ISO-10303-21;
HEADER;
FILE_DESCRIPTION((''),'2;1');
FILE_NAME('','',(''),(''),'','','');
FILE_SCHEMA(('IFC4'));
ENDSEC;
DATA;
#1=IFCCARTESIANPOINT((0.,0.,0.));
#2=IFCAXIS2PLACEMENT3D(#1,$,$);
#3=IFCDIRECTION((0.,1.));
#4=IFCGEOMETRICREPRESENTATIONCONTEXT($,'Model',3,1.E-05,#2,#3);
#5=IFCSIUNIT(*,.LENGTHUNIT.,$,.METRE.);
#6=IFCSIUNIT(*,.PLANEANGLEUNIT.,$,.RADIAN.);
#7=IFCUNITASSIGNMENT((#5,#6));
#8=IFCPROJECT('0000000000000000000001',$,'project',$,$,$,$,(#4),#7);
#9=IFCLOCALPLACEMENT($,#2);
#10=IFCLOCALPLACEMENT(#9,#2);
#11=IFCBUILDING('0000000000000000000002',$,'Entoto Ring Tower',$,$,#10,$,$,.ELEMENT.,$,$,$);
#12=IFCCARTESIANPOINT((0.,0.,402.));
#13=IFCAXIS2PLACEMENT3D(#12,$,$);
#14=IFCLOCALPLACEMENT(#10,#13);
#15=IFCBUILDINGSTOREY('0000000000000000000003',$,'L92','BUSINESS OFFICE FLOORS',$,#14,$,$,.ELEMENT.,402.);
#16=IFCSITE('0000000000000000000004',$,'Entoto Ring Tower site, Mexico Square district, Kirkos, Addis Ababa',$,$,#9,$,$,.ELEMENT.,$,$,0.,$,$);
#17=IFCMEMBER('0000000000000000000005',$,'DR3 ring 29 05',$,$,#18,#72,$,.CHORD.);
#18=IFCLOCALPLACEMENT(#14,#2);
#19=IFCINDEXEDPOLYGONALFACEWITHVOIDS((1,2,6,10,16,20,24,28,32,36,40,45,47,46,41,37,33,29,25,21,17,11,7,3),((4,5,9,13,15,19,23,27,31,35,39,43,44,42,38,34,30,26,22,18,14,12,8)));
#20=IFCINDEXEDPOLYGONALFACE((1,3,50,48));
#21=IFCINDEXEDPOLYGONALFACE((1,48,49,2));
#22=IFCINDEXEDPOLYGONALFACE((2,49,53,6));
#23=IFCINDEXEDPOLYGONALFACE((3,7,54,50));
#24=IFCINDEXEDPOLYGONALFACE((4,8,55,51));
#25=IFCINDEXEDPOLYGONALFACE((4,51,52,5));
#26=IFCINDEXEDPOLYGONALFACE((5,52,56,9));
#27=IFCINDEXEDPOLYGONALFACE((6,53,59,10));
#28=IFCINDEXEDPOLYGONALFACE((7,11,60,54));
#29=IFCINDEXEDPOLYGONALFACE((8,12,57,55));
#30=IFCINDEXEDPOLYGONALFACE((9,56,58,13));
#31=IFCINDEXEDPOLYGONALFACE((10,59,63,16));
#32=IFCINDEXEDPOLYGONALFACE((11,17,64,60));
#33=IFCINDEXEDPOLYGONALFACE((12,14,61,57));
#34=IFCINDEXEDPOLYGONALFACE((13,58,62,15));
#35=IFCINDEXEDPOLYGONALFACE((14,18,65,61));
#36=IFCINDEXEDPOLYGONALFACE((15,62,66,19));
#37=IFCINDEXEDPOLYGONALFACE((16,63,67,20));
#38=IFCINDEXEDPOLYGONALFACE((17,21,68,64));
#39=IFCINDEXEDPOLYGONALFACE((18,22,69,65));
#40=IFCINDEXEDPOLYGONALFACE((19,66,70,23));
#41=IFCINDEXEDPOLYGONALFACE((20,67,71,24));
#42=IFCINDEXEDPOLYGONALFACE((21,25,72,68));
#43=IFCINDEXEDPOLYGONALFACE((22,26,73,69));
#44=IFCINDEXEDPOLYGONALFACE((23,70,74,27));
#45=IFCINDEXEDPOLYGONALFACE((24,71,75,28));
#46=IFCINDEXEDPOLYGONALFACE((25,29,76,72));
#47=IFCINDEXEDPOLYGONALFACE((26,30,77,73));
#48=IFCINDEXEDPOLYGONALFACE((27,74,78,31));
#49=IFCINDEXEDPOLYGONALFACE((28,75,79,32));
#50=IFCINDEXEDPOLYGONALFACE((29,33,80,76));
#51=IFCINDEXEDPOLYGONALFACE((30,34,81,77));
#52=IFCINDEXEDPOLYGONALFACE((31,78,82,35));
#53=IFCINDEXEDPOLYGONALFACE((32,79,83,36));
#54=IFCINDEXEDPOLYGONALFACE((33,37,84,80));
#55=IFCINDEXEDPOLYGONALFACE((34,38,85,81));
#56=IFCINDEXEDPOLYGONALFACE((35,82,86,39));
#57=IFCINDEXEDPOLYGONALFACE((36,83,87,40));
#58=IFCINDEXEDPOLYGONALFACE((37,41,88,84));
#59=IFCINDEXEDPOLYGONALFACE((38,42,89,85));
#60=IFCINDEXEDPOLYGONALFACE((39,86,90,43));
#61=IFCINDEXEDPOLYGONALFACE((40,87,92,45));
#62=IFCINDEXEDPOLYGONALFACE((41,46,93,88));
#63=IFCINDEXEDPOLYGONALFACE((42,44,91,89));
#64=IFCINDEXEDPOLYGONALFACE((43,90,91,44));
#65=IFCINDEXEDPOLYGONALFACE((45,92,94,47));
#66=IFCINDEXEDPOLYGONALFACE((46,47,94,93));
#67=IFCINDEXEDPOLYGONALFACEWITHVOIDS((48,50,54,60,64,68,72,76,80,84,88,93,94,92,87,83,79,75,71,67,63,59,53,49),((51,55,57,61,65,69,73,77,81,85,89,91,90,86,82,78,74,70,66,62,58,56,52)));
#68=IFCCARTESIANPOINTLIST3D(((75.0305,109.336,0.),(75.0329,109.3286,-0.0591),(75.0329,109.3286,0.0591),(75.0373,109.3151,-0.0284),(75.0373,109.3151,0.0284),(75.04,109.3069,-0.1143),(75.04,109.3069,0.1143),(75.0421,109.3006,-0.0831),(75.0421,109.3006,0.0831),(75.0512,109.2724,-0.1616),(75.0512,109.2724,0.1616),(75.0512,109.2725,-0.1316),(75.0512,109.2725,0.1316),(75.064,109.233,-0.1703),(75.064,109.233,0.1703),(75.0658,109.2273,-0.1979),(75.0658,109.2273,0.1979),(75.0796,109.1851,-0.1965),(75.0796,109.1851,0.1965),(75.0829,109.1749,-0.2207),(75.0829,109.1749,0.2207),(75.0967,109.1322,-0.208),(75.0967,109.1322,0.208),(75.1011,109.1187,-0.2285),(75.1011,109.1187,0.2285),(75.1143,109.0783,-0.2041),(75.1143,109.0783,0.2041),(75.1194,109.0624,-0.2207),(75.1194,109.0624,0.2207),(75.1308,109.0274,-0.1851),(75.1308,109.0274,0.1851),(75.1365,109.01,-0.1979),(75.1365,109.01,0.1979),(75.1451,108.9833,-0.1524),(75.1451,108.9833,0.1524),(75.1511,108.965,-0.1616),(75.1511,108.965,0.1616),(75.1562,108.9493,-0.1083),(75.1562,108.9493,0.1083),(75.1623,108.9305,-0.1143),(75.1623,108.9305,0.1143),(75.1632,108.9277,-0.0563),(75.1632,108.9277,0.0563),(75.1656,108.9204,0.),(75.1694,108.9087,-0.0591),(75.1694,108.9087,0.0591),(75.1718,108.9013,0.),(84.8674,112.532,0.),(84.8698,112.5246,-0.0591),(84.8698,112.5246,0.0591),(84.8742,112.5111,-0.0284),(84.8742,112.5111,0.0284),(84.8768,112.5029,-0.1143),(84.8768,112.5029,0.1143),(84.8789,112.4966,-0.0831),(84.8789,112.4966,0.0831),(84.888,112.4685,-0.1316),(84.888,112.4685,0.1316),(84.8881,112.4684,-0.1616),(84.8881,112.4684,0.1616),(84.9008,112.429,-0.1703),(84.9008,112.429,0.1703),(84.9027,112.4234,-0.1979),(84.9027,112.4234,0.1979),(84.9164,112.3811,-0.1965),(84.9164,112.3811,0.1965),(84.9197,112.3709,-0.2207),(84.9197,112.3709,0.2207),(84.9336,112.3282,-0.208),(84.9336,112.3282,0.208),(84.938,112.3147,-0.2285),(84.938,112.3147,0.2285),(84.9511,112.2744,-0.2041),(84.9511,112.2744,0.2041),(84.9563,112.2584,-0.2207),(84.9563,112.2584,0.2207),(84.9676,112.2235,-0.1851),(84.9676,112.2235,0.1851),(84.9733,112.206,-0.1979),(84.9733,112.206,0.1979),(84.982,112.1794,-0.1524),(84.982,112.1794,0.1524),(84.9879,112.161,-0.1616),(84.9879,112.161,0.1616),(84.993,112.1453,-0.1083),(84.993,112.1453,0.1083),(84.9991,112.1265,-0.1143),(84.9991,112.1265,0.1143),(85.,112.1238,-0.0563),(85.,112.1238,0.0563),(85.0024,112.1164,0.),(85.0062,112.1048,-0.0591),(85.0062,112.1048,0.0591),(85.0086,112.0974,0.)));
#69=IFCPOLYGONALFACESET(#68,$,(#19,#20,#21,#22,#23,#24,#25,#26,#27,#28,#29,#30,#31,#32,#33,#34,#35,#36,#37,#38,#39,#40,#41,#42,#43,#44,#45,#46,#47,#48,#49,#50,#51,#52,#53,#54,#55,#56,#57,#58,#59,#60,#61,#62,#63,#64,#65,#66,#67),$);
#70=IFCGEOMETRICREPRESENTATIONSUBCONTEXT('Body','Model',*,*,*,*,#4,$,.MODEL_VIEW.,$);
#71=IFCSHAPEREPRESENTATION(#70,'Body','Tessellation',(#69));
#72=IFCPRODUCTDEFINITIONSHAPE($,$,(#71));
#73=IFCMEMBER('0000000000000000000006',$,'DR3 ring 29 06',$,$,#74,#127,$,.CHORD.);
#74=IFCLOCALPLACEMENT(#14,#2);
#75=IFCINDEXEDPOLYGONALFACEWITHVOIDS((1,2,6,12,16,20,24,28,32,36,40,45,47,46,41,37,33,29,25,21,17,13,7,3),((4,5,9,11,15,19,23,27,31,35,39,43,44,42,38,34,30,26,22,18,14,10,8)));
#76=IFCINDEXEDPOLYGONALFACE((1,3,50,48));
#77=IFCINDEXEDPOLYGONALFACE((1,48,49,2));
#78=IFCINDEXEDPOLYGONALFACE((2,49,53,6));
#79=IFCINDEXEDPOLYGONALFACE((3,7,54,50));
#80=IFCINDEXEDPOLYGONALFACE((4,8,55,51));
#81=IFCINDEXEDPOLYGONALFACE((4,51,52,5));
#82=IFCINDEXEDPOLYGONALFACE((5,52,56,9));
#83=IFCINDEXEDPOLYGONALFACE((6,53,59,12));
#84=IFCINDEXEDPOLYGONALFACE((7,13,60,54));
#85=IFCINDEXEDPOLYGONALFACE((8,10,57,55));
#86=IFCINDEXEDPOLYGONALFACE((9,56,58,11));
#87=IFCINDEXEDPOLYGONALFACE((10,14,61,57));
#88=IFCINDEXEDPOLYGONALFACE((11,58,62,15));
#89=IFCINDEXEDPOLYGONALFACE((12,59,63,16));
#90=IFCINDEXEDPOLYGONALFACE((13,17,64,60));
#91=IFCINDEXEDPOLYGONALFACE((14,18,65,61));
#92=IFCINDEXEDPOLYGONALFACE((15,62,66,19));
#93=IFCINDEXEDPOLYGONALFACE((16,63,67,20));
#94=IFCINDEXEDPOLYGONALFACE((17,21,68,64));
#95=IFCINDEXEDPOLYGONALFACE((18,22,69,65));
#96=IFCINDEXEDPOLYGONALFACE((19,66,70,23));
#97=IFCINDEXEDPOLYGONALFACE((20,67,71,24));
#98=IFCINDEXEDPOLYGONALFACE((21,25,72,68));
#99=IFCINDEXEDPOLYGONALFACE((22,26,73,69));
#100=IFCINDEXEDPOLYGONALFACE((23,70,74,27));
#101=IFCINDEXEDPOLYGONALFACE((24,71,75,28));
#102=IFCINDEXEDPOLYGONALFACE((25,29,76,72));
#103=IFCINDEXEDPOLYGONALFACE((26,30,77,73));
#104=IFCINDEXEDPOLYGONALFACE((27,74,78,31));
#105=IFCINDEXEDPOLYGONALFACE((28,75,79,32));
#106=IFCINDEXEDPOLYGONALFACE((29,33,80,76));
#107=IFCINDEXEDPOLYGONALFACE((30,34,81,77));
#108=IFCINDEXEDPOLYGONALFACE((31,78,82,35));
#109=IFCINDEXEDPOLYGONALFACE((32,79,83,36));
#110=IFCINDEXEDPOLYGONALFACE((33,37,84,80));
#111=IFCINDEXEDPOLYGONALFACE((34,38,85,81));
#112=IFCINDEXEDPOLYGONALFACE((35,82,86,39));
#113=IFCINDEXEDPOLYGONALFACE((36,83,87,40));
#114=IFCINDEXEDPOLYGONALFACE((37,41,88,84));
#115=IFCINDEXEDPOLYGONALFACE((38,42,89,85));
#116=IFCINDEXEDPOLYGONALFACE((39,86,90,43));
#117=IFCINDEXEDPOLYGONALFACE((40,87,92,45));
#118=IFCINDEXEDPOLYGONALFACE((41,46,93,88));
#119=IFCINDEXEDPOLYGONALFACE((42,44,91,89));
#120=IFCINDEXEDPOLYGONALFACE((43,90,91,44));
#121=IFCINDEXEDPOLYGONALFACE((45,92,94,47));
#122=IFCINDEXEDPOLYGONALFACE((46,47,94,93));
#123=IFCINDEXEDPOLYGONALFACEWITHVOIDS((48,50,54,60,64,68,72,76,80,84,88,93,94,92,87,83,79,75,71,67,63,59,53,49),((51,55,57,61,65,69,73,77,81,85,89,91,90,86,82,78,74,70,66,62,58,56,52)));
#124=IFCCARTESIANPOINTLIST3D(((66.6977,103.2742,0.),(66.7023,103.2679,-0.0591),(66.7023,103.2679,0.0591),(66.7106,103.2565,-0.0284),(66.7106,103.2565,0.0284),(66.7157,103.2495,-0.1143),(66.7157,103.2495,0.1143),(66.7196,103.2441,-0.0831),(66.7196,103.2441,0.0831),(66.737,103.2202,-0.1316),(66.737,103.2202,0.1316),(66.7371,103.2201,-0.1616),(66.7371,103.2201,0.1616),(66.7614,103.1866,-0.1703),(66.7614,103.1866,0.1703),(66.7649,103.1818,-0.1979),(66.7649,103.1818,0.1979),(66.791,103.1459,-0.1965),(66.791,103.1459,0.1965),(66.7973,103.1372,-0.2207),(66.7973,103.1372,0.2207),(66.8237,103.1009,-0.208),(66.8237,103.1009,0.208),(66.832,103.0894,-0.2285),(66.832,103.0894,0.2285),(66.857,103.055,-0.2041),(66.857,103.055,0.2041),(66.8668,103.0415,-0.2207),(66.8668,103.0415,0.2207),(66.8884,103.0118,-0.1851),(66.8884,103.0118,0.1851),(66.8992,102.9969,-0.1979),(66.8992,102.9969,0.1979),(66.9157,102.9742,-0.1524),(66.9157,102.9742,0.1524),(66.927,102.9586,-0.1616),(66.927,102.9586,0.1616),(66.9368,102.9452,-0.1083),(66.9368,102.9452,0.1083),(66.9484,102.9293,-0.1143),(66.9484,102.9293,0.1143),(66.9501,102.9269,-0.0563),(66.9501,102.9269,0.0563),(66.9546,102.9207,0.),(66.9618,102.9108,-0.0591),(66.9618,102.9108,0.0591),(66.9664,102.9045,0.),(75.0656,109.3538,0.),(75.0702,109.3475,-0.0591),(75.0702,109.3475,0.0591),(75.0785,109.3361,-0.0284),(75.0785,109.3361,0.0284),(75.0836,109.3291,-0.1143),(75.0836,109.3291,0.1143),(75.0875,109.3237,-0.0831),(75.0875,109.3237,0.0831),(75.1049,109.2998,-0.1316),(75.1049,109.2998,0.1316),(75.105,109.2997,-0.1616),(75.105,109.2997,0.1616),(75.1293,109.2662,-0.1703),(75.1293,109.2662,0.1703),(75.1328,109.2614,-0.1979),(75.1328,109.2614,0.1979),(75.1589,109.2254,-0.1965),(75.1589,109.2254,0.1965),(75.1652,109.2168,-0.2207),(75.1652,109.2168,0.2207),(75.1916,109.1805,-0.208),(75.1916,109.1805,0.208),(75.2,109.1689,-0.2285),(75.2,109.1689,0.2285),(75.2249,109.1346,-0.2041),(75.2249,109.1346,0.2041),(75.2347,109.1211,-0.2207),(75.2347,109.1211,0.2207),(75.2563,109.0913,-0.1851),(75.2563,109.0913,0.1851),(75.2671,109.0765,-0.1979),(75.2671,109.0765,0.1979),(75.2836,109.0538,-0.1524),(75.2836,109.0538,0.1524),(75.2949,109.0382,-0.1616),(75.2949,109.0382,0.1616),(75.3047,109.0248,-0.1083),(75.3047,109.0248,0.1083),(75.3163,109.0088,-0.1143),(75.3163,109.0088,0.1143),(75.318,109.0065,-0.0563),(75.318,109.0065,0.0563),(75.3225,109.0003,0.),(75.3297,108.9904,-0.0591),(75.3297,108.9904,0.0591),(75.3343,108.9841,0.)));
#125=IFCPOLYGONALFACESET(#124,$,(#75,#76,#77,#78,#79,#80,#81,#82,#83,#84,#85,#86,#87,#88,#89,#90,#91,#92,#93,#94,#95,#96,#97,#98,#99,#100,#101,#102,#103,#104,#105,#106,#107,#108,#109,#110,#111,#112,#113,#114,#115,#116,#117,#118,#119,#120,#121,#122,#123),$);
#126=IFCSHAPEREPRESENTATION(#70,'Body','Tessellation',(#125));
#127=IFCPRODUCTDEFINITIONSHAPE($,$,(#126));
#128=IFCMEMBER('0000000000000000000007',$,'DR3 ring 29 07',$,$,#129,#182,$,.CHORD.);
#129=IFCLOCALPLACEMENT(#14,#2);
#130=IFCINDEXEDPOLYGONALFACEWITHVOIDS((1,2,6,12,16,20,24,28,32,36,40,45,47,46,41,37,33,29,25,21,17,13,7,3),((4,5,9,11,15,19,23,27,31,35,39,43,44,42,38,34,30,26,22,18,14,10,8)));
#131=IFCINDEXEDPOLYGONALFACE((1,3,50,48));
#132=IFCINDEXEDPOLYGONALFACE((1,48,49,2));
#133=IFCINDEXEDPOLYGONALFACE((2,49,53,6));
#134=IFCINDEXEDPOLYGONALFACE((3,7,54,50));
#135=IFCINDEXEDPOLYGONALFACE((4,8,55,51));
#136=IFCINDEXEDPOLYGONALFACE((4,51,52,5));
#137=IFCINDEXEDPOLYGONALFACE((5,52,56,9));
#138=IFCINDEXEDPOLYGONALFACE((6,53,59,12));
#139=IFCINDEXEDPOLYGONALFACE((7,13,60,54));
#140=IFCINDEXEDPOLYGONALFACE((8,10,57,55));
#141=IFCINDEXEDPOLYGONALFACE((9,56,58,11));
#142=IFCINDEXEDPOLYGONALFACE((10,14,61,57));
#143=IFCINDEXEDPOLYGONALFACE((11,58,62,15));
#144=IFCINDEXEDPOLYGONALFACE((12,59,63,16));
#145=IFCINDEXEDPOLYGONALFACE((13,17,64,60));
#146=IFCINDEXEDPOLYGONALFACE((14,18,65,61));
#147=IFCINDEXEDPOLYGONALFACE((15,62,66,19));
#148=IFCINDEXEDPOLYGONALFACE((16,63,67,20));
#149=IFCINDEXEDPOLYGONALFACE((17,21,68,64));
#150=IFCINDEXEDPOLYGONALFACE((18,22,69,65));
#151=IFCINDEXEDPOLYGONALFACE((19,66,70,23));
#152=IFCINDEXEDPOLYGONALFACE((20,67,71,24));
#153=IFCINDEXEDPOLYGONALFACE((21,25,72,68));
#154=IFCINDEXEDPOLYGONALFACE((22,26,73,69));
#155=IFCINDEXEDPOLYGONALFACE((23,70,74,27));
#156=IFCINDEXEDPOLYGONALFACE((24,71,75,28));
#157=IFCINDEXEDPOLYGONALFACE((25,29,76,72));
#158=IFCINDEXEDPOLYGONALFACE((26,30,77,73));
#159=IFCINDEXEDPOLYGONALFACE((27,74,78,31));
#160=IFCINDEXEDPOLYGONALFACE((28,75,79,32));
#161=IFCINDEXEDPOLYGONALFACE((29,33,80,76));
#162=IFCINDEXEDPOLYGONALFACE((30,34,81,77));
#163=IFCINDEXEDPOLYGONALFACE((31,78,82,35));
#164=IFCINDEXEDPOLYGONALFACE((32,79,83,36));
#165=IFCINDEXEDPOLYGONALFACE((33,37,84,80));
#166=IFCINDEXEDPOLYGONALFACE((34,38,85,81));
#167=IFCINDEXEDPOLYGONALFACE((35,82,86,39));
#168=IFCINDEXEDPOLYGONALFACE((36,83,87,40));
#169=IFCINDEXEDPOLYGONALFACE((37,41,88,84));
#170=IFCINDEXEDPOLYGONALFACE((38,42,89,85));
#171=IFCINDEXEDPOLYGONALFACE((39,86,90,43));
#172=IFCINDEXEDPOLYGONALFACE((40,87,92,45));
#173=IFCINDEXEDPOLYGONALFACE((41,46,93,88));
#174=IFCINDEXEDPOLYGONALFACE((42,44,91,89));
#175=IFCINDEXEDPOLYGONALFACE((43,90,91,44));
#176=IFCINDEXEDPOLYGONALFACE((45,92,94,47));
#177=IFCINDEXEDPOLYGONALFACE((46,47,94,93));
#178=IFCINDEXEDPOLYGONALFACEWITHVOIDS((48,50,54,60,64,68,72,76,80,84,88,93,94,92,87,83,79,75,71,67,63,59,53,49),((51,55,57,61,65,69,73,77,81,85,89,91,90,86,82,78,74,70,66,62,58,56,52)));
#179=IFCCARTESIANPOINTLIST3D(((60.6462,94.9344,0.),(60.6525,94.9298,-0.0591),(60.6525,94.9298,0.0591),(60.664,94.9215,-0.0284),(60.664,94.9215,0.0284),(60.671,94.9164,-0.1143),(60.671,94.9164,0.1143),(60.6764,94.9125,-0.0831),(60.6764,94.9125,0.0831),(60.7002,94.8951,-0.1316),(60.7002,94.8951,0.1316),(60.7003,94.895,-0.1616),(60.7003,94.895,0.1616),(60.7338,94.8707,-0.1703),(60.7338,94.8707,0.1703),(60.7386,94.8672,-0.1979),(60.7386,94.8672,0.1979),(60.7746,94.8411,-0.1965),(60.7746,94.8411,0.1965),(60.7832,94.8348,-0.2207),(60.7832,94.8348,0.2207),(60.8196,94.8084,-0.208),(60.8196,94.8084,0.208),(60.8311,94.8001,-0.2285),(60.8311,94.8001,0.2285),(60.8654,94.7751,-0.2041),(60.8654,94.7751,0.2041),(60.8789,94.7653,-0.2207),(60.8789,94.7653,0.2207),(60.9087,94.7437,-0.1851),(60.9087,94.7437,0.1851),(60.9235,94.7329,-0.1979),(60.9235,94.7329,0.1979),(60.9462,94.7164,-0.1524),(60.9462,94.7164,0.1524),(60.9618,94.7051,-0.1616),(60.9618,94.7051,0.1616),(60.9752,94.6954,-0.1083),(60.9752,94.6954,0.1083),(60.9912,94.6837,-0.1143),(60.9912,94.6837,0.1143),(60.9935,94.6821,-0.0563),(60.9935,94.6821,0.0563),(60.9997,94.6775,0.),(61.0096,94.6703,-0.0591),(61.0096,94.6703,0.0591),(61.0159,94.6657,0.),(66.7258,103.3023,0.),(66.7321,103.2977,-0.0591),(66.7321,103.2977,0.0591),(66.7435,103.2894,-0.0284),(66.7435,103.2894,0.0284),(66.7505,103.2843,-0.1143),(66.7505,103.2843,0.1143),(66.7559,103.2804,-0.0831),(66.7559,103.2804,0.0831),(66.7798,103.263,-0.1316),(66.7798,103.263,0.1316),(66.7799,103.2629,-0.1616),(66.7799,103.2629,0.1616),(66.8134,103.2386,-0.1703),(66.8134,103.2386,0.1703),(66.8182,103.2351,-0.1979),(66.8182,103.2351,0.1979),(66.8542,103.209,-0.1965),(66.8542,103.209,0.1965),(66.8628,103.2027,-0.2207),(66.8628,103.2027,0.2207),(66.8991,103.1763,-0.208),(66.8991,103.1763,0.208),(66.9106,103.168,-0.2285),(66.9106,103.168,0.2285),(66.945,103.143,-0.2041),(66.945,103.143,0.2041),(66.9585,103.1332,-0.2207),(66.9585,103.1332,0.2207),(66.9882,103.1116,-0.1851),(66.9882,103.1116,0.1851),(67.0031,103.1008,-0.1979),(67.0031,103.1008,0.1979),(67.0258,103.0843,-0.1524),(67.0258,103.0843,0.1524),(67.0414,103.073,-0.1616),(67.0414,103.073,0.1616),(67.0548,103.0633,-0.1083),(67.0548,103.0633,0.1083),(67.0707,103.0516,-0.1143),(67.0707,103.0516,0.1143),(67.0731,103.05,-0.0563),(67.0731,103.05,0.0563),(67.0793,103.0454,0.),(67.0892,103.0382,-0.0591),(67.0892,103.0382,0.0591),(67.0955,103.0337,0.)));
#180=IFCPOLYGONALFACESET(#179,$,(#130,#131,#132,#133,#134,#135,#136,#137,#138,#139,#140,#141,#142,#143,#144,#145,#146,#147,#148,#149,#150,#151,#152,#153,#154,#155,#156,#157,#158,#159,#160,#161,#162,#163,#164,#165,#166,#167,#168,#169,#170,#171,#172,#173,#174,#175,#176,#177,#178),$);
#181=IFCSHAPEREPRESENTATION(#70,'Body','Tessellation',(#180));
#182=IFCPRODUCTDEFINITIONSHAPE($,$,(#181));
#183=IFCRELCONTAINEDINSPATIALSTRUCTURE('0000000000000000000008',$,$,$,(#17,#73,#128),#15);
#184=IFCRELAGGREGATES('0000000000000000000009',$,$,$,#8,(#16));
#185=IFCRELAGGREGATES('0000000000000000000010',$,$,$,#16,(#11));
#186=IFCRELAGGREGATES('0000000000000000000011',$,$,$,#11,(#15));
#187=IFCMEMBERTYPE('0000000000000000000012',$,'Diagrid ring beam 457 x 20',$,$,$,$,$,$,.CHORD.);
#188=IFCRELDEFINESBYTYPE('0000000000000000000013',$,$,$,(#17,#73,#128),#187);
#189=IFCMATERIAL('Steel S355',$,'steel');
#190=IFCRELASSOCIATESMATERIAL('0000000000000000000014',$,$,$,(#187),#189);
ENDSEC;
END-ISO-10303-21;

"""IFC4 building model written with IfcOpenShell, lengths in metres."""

from ifc_helpers import new_model, si_unit, direction, frame, origin, origin_2d, place, context, subcontext, project, spatial, circle, hollow_circle, extrude, material, material_profile, profile_set, type_object, element, save


model = new_model("IFC4")

# Units and contexts
model_context = context("Model", 3, precision=1e-05, world=origin(), true_north=direction((0.0, 1.0)))
body_context = subcontext(model_context, "Body", "Model", "MODEL_VIEW")
ifc_project = project(units=[si_unit("LENGTHUNIT", "METRE"), si_unit("PLANEANGLEUNIT", "RADIAN")], contexts=[model_context])

# Site, building, storey
site_placement = place(None, origin())
site = spatial("IfcSite", under=ifc_project, at=site_placement, Name="Entoto Ring Tower site, Mexico Square district, Kirkos, Addis Ababa", CompositionType="ELEMENT", RefElevation=0.0)
building_placement = place(site_placement, origin())
building = spatial("IfcBuilding", under=site, at=building_placement, Name="Entoto Ring Tower", CompositionType="ELEMENT")
storey_placement = place(building_placement, frame((0.0, 0.0, 402.0)))
storey = spatial("IfcBuildingStorey", under=building, at=storey_placement, Name="L92", Description="BUSINESS OFFICE FLOORS", CompositionType="ELEMENT", Elevation=402.0)

# Members
ifc_material_1 = material(Name="Steel S355", Category="steel")
ifc_material_profile_1 = material_profile(ifc_material_1, hollow_circle(Radius=0.2285, WallThickness=0.02, at=origin_2d()), Name="CHS 457 x 20")
ifc_material_2 = material(Name="Concrete C60/75", Category="concrete")
ifc_material_profile_2 = material_profile(ifc_material_2, circle(Radius=0.2085, at=origin_2d()), Name="Concrete C60/75 infill")
ifc_profile_set_1 = profile_set([ifc_material_profile_1, ifc_material_profile_2], Name="Steel S355")
member_type_1 = type_object("IfcMemberType", Name="Diagrid ring beam 457 x 20", PredefinedType="CHORD", material=ifc_profile_set_1)
member_1_placement = place(storey_placement, frame((84.938, 112.3147, 0.0), z_axis=(-0.951061, -0.309003, 0.0), x_axis=(0.309003, -0.951061, 0.0)))
element("IfcMember", 1, at=member_1_placement, inside=storey, type_object=member_type_1, Name="DR3 ring 29 05", PredefinedType="CHORD", context=body_context, shape_type="SweptSolid", body=[
    extrude(hollow_circle(Radius=0.2285, WallThickness=0.02, at=origin_2d()), origin(), (0.0, 0.0, 1.0), 10.343),
])
for number, where, z_axis, x_axis, name in (
    (2, (75.2, 109.1689, 0.0), (-0.80902, -0.587781, 0.0), (0.587781, -0.80902, 0.0), "DR3 ring 29 06"),
    (3, (66.9106, 103.168, 0.0), (-0.587781, -0.80902, 0.0), (0.80902, -0.587781, 0.0), "DR3 ring 29 07"),
):
    element("IfcMember", number, at=place(storey_placement, frame(where, z_axis=z_axis, x_axis=x_axis)), inside=storey, type_object=member_type_1, Name=name, PredefinedType="CHORD", context=body_context, shape_type="SweptSolid", body=[
        extrude(hollow_circle(Radius=0.2285, WallThickness=0.02, at=origin_2d()), origin(), (0.0, 0.0, 1.0), 10.3433),
    ])

save(model, "model.ifc")
